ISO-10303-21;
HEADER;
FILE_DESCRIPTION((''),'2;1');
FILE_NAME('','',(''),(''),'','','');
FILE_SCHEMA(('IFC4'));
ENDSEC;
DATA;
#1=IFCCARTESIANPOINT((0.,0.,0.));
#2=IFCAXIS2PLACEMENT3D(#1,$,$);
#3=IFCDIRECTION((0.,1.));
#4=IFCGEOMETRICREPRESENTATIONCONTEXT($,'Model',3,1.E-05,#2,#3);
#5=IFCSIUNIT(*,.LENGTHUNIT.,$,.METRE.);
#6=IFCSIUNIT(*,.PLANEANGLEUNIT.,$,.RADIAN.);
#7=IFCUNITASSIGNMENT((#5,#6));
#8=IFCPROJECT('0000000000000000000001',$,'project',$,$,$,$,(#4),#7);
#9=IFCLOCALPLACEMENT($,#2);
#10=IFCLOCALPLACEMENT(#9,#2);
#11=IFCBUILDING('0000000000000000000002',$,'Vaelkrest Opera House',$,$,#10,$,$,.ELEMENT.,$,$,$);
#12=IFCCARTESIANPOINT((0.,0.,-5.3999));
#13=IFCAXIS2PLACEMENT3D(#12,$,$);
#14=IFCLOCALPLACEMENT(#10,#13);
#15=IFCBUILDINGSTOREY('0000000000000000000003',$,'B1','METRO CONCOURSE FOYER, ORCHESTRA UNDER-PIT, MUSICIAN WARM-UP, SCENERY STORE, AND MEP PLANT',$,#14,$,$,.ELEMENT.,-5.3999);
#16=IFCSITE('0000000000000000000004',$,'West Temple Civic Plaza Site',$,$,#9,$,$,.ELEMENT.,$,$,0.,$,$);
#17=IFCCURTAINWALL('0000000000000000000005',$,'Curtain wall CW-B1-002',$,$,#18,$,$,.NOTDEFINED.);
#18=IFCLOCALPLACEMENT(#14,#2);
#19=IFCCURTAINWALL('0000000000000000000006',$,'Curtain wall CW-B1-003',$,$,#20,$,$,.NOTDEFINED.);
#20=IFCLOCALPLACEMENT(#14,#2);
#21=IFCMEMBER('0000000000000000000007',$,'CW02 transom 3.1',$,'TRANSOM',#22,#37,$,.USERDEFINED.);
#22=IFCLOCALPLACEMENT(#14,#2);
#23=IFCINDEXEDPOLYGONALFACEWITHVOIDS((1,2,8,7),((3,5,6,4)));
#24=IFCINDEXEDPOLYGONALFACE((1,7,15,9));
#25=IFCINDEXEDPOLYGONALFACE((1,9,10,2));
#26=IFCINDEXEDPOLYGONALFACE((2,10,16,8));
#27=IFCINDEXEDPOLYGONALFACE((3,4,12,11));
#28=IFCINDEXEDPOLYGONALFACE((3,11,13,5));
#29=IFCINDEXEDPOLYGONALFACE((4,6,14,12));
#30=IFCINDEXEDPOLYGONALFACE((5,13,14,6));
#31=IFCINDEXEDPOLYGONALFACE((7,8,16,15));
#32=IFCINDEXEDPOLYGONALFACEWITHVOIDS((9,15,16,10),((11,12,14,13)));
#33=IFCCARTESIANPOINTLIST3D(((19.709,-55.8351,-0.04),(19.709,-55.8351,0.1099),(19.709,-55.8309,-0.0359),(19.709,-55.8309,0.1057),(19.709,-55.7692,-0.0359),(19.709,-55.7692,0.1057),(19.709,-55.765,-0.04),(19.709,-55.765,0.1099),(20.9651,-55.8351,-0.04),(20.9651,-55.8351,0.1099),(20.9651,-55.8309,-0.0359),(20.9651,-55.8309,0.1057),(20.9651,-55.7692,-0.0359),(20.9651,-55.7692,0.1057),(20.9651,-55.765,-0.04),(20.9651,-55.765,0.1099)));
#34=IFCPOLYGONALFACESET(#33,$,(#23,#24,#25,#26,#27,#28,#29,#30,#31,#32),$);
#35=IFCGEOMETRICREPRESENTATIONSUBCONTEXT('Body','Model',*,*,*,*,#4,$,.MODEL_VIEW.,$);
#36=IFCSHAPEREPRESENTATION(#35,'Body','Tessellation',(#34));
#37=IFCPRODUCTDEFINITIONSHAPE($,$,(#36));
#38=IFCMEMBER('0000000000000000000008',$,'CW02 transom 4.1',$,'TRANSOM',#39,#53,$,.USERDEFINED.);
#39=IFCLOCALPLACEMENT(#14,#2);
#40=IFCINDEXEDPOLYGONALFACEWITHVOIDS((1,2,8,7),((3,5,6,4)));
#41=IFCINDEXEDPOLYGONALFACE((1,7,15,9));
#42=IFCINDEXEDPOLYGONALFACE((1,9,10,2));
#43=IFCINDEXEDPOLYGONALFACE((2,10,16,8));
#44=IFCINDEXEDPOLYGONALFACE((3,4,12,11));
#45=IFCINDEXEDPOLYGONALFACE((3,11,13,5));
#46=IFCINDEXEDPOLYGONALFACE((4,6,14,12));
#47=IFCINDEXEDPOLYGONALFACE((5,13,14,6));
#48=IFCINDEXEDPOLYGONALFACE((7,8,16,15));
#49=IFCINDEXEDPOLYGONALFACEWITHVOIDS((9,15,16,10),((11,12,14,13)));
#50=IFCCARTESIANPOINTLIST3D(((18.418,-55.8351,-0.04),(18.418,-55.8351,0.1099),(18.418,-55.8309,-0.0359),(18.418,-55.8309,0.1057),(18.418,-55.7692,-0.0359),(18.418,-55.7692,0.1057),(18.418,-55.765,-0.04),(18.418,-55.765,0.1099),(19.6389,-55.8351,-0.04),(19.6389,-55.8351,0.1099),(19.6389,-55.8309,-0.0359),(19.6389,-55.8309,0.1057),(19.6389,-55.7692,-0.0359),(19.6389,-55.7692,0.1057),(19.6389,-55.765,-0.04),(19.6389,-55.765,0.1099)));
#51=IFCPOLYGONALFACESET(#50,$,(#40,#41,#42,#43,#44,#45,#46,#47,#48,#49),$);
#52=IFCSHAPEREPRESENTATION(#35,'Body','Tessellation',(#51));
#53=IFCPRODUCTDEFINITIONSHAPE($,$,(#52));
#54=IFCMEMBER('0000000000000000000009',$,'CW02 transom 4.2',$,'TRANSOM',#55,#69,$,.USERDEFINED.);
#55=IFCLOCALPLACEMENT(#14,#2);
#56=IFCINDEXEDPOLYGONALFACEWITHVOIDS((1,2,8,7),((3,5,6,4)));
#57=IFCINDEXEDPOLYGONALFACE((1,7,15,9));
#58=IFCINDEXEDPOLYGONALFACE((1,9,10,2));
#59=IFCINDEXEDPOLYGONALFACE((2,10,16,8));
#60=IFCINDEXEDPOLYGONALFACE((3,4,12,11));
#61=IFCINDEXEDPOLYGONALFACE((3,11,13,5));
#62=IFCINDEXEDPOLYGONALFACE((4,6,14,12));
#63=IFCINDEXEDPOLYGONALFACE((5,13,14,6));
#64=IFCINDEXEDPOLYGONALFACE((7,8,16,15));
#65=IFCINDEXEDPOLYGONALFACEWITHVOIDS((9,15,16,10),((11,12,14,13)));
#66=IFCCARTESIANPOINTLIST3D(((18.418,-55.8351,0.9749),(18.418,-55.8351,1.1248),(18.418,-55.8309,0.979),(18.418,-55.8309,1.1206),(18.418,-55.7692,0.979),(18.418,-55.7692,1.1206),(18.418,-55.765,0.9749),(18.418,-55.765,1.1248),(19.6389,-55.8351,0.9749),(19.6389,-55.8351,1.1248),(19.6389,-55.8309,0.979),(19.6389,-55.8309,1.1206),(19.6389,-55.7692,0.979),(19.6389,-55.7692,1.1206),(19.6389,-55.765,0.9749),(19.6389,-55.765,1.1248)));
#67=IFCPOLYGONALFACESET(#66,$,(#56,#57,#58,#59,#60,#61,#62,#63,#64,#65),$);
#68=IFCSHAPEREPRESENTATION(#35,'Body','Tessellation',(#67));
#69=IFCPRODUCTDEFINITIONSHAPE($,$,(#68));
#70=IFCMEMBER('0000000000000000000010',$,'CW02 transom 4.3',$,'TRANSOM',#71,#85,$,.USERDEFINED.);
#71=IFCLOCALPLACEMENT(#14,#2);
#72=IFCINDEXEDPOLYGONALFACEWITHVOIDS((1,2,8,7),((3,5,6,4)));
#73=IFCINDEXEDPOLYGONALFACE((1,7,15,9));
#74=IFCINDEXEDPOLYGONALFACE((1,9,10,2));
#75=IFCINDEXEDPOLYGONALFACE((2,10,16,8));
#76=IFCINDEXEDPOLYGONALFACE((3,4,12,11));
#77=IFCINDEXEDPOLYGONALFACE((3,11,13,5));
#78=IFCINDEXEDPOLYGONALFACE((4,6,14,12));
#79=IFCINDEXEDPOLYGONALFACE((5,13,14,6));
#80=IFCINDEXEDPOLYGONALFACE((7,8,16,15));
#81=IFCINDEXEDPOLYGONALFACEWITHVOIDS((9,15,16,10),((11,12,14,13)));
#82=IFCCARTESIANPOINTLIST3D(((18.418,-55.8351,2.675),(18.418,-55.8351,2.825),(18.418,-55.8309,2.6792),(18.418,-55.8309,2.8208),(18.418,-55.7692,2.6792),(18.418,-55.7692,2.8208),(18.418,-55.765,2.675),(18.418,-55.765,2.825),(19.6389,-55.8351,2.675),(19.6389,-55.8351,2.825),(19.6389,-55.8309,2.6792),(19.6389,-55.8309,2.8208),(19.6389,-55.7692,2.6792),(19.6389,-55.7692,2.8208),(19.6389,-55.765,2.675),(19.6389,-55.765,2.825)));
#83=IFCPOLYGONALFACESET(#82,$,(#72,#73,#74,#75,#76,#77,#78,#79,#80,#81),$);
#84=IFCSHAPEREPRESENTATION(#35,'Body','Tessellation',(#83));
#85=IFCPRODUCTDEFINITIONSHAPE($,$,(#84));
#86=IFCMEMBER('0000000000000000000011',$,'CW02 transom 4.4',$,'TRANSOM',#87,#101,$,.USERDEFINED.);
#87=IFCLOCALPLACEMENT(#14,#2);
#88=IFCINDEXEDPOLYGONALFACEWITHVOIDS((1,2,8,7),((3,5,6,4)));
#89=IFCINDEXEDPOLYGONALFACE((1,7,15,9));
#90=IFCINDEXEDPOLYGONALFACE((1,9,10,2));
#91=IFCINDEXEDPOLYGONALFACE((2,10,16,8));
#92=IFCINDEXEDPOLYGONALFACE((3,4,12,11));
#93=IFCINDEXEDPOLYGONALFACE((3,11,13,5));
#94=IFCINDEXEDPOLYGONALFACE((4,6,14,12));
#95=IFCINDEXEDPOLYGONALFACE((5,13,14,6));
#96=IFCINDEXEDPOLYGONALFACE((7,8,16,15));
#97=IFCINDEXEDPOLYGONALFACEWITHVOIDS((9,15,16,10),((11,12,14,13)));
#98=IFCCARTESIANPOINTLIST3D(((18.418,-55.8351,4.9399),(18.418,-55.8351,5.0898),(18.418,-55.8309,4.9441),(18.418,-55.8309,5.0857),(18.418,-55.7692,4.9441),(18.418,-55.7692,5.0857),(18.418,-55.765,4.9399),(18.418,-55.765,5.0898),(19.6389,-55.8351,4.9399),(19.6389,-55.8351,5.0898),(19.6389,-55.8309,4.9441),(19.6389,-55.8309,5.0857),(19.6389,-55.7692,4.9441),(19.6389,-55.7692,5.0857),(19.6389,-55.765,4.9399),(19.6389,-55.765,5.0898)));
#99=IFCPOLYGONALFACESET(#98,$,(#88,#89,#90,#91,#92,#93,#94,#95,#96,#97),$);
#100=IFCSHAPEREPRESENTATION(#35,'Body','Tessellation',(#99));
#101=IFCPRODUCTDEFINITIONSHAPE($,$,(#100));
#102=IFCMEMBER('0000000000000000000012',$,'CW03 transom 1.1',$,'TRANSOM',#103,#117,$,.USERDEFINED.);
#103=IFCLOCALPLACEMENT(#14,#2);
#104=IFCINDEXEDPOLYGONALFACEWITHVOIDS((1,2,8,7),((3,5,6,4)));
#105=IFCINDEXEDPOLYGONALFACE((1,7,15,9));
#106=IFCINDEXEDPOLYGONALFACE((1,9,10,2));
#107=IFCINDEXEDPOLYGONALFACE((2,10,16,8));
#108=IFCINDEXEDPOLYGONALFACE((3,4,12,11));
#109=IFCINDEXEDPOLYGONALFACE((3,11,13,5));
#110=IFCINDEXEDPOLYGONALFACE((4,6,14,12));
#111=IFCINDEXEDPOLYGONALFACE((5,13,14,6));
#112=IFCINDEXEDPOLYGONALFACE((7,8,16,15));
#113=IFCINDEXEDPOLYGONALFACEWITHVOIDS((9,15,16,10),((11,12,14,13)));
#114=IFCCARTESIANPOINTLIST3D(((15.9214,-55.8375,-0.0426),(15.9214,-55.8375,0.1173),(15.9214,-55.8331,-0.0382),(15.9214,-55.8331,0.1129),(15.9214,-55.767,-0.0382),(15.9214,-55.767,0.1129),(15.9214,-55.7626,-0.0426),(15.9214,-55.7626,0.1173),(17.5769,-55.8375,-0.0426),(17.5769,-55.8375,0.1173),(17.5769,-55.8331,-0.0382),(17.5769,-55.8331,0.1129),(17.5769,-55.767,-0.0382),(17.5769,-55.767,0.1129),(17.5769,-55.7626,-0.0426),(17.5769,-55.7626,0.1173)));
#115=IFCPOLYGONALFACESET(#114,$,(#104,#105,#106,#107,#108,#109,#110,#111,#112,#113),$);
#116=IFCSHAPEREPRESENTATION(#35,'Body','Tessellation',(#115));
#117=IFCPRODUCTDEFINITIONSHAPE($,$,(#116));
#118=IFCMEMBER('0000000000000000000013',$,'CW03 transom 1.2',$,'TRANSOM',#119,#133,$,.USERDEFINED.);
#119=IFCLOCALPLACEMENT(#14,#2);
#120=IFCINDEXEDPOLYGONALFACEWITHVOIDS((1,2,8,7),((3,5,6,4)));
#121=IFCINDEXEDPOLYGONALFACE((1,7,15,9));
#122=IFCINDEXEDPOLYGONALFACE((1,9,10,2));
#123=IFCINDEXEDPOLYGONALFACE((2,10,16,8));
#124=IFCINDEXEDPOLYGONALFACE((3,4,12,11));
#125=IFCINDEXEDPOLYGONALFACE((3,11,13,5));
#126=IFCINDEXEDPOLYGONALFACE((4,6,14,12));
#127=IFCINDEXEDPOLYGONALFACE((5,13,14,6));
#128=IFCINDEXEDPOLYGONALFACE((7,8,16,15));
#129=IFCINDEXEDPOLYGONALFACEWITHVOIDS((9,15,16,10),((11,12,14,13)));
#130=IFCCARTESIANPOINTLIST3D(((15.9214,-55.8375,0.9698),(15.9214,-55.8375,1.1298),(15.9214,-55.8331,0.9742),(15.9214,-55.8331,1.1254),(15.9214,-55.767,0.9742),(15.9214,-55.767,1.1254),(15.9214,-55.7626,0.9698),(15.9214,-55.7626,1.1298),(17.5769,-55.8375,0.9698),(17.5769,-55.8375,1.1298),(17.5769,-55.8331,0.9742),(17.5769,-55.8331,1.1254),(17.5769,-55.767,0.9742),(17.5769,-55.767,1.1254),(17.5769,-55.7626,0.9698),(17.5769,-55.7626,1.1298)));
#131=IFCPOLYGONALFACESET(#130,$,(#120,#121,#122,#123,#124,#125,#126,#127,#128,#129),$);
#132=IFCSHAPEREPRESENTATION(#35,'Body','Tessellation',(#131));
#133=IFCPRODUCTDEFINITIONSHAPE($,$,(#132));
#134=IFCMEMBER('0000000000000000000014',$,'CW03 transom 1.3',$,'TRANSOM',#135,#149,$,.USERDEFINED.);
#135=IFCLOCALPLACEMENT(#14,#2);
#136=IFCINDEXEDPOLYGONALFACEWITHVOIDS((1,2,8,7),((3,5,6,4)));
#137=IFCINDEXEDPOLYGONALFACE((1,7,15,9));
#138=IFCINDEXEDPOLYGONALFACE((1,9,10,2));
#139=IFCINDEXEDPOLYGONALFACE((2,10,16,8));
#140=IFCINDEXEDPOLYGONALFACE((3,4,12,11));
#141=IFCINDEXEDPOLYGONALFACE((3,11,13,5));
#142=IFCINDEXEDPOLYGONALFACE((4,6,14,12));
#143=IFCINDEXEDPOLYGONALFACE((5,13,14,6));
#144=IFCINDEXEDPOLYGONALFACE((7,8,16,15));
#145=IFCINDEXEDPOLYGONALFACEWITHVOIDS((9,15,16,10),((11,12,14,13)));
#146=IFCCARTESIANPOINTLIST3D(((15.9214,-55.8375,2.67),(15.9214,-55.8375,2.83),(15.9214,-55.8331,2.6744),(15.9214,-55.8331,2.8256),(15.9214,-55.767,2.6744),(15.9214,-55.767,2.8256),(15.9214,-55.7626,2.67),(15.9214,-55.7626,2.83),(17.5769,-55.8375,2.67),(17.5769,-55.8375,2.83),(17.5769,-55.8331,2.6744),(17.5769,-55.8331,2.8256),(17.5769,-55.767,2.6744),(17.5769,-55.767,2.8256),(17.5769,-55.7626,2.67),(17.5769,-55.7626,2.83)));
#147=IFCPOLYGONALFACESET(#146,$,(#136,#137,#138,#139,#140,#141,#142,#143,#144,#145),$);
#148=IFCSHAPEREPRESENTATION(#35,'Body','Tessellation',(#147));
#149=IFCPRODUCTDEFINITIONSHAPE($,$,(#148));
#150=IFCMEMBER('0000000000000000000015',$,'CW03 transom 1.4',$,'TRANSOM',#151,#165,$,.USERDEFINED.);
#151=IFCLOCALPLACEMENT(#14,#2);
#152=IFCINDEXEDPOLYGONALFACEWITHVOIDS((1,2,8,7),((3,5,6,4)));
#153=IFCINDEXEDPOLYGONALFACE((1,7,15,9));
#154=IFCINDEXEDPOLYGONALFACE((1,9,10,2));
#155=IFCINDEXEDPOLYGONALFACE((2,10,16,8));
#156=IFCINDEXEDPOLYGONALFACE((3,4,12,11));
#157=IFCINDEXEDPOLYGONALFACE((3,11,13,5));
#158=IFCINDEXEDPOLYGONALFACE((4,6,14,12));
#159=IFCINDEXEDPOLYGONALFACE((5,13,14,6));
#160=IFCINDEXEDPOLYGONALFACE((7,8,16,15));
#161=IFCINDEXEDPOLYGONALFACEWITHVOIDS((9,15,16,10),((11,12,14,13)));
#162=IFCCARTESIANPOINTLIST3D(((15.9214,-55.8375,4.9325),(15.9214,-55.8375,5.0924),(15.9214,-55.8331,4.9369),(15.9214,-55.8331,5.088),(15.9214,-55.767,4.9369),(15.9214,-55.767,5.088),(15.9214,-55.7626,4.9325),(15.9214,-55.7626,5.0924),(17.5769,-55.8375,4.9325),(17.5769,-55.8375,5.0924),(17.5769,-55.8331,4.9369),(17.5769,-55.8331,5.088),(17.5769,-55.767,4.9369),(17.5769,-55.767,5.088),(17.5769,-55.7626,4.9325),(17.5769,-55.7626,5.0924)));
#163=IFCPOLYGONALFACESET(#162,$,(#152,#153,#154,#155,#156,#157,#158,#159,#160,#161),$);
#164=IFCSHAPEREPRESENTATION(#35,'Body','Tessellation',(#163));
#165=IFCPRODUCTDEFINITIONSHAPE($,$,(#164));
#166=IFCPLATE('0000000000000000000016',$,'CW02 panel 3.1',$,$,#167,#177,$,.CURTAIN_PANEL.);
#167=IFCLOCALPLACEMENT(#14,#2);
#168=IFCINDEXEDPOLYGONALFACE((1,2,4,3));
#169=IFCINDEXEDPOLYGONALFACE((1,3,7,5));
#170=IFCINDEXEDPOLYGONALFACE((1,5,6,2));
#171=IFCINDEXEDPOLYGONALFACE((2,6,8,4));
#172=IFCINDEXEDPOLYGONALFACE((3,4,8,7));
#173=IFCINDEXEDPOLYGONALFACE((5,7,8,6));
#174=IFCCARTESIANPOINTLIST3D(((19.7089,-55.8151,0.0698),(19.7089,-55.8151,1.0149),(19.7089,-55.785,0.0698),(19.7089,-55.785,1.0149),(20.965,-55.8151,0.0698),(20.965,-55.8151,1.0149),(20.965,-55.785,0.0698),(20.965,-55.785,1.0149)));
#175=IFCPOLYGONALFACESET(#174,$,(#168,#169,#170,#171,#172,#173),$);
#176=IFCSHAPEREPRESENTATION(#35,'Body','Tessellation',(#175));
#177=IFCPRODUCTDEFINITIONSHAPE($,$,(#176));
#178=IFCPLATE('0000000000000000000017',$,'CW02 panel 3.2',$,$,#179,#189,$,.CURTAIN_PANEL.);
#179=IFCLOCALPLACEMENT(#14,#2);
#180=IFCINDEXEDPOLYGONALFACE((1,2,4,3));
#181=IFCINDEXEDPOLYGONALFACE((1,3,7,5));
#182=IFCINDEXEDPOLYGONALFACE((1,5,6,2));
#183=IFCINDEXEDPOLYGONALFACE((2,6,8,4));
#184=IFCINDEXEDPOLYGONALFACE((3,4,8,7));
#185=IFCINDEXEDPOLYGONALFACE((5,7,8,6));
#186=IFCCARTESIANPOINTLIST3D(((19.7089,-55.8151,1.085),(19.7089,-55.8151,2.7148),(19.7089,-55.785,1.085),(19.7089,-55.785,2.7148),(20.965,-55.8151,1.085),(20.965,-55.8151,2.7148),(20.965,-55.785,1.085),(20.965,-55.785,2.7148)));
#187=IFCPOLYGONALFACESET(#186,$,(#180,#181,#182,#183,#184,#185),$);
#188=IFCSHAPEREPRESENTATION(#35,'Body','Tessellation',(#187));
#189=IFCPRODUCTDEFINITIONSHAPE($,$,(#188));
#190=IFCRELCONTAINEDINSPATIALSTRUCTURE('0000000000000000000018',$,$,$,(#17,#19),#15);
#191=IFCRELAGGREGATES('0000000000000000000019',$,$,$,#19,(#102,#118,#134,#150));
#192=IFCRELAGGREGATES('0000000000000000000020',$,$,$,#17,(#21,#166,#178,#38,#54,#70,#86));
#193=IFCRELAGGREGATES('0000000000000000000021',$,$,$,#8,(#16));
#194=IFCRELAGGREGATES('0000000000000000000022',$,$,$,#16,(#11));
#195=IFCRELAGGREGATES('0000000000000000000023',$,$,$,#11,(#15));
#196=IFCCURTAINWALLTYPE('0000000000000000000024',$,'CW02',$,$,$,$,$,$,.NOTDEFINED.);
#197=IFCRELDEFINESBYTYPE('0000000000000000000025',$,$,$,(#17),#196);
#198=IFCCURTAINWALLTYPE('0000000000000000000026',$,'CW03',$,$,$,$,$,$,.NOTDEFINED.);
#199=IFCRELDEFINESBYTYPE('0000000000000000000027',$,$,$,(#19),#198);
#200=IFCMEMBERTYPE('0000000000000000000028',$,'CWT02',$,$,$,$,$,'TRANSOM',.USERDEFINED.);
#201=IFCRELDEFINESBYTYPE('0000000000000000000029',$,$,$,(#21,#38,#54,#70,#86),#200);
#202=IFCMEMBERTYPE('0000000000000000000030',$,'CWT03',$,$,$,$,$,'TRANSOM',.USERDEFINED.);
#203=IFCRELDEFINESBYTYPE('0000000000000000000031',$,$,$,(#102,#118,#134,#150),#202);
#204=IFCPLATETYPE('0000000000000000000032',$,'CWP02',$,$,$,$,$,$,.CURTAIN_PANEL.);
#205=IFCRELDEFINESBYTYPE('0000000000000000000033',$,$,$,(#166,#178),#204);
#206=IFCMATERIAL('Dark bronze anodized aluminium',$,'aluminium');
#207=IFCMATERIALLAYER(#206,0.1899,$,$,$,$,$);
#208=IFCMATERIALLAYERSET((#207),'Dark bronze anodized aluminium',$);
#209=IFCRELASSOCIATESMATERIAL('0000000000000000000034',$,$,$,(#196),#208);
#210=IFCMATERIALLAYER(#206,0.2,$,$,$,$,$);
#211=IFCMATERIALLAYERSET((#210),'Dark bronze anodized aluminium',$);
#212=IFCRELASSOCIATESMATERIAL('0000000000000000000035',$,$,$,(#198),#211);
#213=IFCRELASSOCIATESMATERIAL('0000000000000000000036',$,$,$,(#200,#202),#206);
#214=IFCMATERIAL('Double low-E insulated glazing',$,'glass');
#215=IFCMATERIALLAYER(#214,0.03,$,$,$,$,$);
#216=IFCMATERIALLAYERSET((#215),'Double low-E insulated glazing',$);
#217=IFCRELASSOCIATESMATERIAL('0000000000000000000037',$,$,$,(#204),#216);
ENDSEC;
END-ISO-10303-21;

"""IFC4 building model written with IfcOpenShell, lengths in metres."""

from ifc_helpers import new_model, si_unit, direction, frame, origin, origin_2d, place, context, subcontext, project, spatial, rectangle, hollow_rectangle, extrude, material, layer, layer_set, material_profile, profile_set, type_object, element, aggregate, save


model = new_model("IFC4")

# Units and contexts
model_context = context("Model", 3, precision=1e-05, world=origin(), true_north=direction((0.0, 1.0)))
body_context = subcontext(model_context, "Body", "Model", "MODEL_VIEW")
ifc_project = project(units=[si_unit("LENGTHUNIT", "METRE"), si_unit("PLANEANGLEUNIT", "RADIAN")], contexts=[model_context])

# Site, building, storey
site_placement = place(None, origin())
site = spatial("IfcSite", under=ifc_project, at=site_placement, Name="West Temple Civic Plaza Site", CompositionType="ELEMENT", RefElevation=0.0)
building_placement = place(site_placement, origin())
building = spatial("IfcBuilding", under=site, at=building_placement, Name="Vaelkrest Opera House", CompositionType="ELEMENT")
storey_placement = place(building_placement, frame((0.0, 0.0, -5.3999)))
storey = spatial("IfcBuildingStorey", under=building, at=storey_placement, Name="B1", Description="METRO CONCOURSE FOYER, ORCHESTRA UNDER-PIT, MUSICIAN WARM-UP, SCENERY STORE, AND MEP PLANT", CompositionType="ELEMENT", Elevation=-5.3999)

# Curtain wall
ifc_material_1 = material(Name="Dark bronze anodized aluminium", Category="aluminium")
ifc_layer_1 = layer(ifc_material_1, 0.1899)
ifc_layer_set_1 = layer_set([ifc_layer_1], Name="Dark bronze anodized aluminium")
curtain_wall_type_1 = type_object("IfcCurtainWallType", Name="CW02", PredefinedType="NOTDEFINED", material=ifc_layer_set_1)
curtain_wall_1_placement = place(storey_placement, origin())
curtain_wall_1 = element("IfcCurtainWall", 1, at=curtain_wall_1_placement, inside=storey, type_object=curtain_wall_type_1, Name="Curtain wall CW-B1-002", PredefinedType="NOTDEFINED")

# Curtain wall
ifc_layer_2 = layer(ifc_material_1, 0.2)
ifc_layer_set_2 = layer_set([ifc_layer_2], Name="Dark bronze anodized aluminium")
curtain_wall_type_2 = type_object("IfcCurtainWallType", Name="CW03", PredefinedType="NOTDEFINED", material=ifc_layer_set_2)
curtain_wall_2_placement = place(storey_placement, origin())
curtain_wall_2 = element("IfcCurtainWall", 2, at=curtain_wall_2_placement, inside=storey, type_object=curtain_wall_type_2, Name="Curtain wall CW-B1-003", PredefinedType="NOTDEFINED")

# Members
ifc_material_profile_1 = material_profile(ifc_material_1, hollow_rectangle(XDim=0.0701, YDim=0.1499, WallThickness=0.0042, at=origin_2d()), Name="CWT70X150")
ifc_profile_set_1 = profile_set([ifc_material_profile_1], Name="Dark bronze anodized aluminium")
member_type_1 = type_object("IfcMemberType", Name="CWT02", ElementType="TRANSOM", PredefinedType="USERDEFINED", material=ifc_profile_set_1)
member_1_placement = place(storey_placement, frame((20.9651, -55.8, 0.0349), z_axis=(-1.0, 0.0, 0.0), x_axis=(0.0, -1.0, 0.0)))
member_1 = element("IfcMember", 3, at=member_1_placement, type_object=member_type_1, Name="CW02 transom 3.1", ObjectType="TRANSOM", PredefinedType="USERDEFINED", context=body_context, shape_type="SweptSolid", body=[
    extrude(hollow_rectangle(XDim=0.0701, YDim=0.1499, WallThickness=0.0042, at=origin_2d()), origin(), (0.0, 0.0, 1.0), 1.2561),
])
member_2_placement = place(storey_placement, frame((19.6389, -55.8, 0.0349), z_axis=(-1.0, 0.0, 0.0), x_axis=(0.0, -1.0, 0.0)))
member_2 = element("IfcMember", 4, at=member_2_placement, type_object=member_type_1, Name="CW02 transom 4.1", ObjectType="TRANSOM", PredefinedType="USERDEFINED", context=body_context, shape_type="SweptSolid", body=[
    extrude(hollow_rectangle(XDim=0.0701, YDim=0.1499, WallThickness=0.0042, at=origin_2d()), origin(), (0.0, 0.0, 1.0), 1.2209),
])
member_3_placement = place(storey_placement, frame((19.6389, -55.8, 1.0498), z_axis=(-1.0, 0.0, 0.0), x_axis=(0.0, -1.0, 0.0)))
member_3 = element("IfcMember", 5, at=member_3_placement, type_object=member_type_1, Name="CW02 transom 4.2", ObjectType="TRANSOM", PredefinedType="USERDEFINED", context=body_context, shape_type="SweptSolid", body=[
    extrude(hollow_rectangle(XDim=0.0701, YDim=0.1499, WallThickness=0.0042, at=origin_2d()), origin(), (0.0, 0.0, 1.0), 1.2209),
])
member_4_placement = place(storey_placement, frame((19.6389, -55.8, 2.75), z_axis=(-1.0, 0.0, 0.0), x_axis=(0.0, -1.0, 0.0)))
member_4 = element("IfcMember", 6, at=member_4_placement, type_object=member_type_1, Name="CW02 transom 4.3", ObjectType="TRANSOM", PredefinedType="USERDEFINED", context=body_context, shape_type="SweptSolid", body=[
    extrude(hollow_rectangle(XDim=0.0701, YDim=0.1499, WallThickness=0.0042, at=origin_2d()), origin(), (0.0, 0.0, 1.0), 1.2209),
])
member_5_placement = place(storey_placement, frame((19.6389, -55.8, 5.0149), z_axis=(-1.0, 0.0, 0.0), x_axis=(0.0, -1.0, 0.0)))
member_5 = element("IfcMember", 7, at=member_5_placement, type_object=member_type_1, Name="CW02 transom 4.4", ObjectType="TRANSOM", PredefinedType="USERDEFINED", context=body_context, shape_type="SweptSolid", body=[
    extrude(hollow_rectangle(XDim=0.0701, YDim=0.1499, WallThickness=0.0042, at=origin_2d()), origin(), (0.0, 0.0, 1.0), 1.2209),
])
ifc_material_profile_2 = material_profile(ifc_material_1, hollow_rectangle(XDim=0.075, YDim=0.1599, WallThickness=0.0044, at=origin_2d()), Name="CWT75X160")
ifc_profile_set_2 = profile_set([ifc_material_profile_2], Name="Dark bronze anodized aluminium")
member_type_2 = type_object("IfcMemberType", Name="CWT03", ElementType="TRANSOM", PredefinedType="USERDEFINED", material=ifc_profile_set_2)
member_6_placement = place(storey_placement, frame((17.5769, -55.8, 0.0374), z_axis=(-1.0, 0.0, 0.0), x_axis=(0.0, -1.0, 0.0)))
member_6 = element("IfcMember", 8, at=member_6_placement, type_object=member_type_2, Name="CW03 transom 1.1", ObjectType="TRANSOM", PredefinedType="USERDEFINED", context=body_context, shape_type="SweptSolid", body=[
    extrude(hollow_rectangle(XDim=0.075, YDim=0.1599, WallThickness=0.0044, at=origin_2d()), origin(), (0.0, 0.0, 1.0), 1.6555),
])
member_7_placement = place(storey_placement, frame((17.5769, -55.8, 1.0498), z_axis=(-1.0, 0.0, 0.0), x_axis=(0.0, -1.0, 0.0)))
member_7 = element("IfcMember", 9, at=member_7_placement, type_object=member_type_2, Name="CW03 transom 1.2", ObjectType="TRANSOM", PredefinedType="USERDEFINED", context=body_context, shape_type="SweptSolid", body=[
    extrude(hollow_rectangle(XDim=0.075, YDim=0.1599, WallThickness=0.0044, at=origin_2d()), origin(), (0.0, 0.0, 1.0), 1.6555),
])
member_8_placement = place(storey_placement, frame((17.5769, -55.8, 2.75), z_axis=(-1.0, 0.0, 0.0), x_axis=(0.0, -1.0, 0.0)))
member_8 = element("IfcMember", 10, at=member_8_placement, type_object=member_type_2, Name="CW03 transom 1.3", ObjectType="TRANSOM", PredefinedType="USERDEFINED", context=body_context, shape_type="SweptSolid", body=[
    extrude(hollow_rectangle(XDim=0.075, YDim=0.1599, WallThickness=0.0044, at=origin_2d()), origin(), (0.0, 0.0, 1.0), 1.6555),
])
member_9_placement = place(storey_placement, frame((17.5769, -55.8, 5.0125), z_axis=(-1.0, 0.0, 0.0), x_axis=(0.0, -1.0, 0.0)))
member_9 = element("IfcMember", 11, at=member_9_placement, type_object=member_type_2, Name="CW03 transom 1.4", ObjectType="TRANSOM", PredefinedType="USERDEFINED", context=body_context, shape_type="SweptSolid", body=[
    extrude(hollow_rectangle(XDim=0.075, YDim=0.1599, WallThickness=0.0044, at=origin_2d()), origin(), (0.0, 0.0, 1.0), 1.6555),
])
aggregate(curtain_wall_2, [member_6, member_7, member_8, member_9])

# Plates
ifc_material_2 = material(Name="Double low-E insulated glazing", Category="glass")
ifc_layer_3 = layer(ifc_material_2, 0.03)
ifc_layer_set_3 = layer_set([ifc_layer_3], Name="Double low-E insulated glazing")
plate_type = type_object("IfcPlateType", Name="CWP02", PredefinedType="CURTAIN_PANEL", material=ifc_layer_set_3)
plate_1_placement = place(storey_placement, frame((20.3369, -55.8, 0.0698), z_axis=(0.0, 0.0, 1.0), x_axis=(-1.0, 0.0, 0.0)))
plate_1 = element("IfcPlate", 12, at=plate_1_placement, type_object=plate_type, Name="CW02 panel 3.1", PredefinedType="CURTAIN_PANEL", context=body_context, shape_type="SweptSolid", body=[
    extrude(rectangle(XDim=1.2561, YDim=0.03, at=origin_2d()), origin(), (0.0, 0.0, 1.0), 0.9451),
])
plate_2_placement = place(storey_placement, frame((20.3369, -55.8, 1.085), z_axis=(0.0, 0.0, 1.0), x_axis=(-1.0, 0.0, 0.0)))
plate_2 = element("IfcPlate", 13, at=plate_2_placement, type_object=plate_type, Name="CW02 panel 3.2", PredefinedType="CURTAIN_PANEL", context=body_context, shape_type="SweptSolid", body=[
    extrude(rectangle(XDim=1.2561, YDim=0.03, at=origin_2d()), origin(), (0.0, 0.0, 1.0), 1.6299),
])
aggregate(curtain_wall_1, [member_1, plate_1, plate_2, member_2, member_3, member_4, member_5])

save(model, "model.ifc")
